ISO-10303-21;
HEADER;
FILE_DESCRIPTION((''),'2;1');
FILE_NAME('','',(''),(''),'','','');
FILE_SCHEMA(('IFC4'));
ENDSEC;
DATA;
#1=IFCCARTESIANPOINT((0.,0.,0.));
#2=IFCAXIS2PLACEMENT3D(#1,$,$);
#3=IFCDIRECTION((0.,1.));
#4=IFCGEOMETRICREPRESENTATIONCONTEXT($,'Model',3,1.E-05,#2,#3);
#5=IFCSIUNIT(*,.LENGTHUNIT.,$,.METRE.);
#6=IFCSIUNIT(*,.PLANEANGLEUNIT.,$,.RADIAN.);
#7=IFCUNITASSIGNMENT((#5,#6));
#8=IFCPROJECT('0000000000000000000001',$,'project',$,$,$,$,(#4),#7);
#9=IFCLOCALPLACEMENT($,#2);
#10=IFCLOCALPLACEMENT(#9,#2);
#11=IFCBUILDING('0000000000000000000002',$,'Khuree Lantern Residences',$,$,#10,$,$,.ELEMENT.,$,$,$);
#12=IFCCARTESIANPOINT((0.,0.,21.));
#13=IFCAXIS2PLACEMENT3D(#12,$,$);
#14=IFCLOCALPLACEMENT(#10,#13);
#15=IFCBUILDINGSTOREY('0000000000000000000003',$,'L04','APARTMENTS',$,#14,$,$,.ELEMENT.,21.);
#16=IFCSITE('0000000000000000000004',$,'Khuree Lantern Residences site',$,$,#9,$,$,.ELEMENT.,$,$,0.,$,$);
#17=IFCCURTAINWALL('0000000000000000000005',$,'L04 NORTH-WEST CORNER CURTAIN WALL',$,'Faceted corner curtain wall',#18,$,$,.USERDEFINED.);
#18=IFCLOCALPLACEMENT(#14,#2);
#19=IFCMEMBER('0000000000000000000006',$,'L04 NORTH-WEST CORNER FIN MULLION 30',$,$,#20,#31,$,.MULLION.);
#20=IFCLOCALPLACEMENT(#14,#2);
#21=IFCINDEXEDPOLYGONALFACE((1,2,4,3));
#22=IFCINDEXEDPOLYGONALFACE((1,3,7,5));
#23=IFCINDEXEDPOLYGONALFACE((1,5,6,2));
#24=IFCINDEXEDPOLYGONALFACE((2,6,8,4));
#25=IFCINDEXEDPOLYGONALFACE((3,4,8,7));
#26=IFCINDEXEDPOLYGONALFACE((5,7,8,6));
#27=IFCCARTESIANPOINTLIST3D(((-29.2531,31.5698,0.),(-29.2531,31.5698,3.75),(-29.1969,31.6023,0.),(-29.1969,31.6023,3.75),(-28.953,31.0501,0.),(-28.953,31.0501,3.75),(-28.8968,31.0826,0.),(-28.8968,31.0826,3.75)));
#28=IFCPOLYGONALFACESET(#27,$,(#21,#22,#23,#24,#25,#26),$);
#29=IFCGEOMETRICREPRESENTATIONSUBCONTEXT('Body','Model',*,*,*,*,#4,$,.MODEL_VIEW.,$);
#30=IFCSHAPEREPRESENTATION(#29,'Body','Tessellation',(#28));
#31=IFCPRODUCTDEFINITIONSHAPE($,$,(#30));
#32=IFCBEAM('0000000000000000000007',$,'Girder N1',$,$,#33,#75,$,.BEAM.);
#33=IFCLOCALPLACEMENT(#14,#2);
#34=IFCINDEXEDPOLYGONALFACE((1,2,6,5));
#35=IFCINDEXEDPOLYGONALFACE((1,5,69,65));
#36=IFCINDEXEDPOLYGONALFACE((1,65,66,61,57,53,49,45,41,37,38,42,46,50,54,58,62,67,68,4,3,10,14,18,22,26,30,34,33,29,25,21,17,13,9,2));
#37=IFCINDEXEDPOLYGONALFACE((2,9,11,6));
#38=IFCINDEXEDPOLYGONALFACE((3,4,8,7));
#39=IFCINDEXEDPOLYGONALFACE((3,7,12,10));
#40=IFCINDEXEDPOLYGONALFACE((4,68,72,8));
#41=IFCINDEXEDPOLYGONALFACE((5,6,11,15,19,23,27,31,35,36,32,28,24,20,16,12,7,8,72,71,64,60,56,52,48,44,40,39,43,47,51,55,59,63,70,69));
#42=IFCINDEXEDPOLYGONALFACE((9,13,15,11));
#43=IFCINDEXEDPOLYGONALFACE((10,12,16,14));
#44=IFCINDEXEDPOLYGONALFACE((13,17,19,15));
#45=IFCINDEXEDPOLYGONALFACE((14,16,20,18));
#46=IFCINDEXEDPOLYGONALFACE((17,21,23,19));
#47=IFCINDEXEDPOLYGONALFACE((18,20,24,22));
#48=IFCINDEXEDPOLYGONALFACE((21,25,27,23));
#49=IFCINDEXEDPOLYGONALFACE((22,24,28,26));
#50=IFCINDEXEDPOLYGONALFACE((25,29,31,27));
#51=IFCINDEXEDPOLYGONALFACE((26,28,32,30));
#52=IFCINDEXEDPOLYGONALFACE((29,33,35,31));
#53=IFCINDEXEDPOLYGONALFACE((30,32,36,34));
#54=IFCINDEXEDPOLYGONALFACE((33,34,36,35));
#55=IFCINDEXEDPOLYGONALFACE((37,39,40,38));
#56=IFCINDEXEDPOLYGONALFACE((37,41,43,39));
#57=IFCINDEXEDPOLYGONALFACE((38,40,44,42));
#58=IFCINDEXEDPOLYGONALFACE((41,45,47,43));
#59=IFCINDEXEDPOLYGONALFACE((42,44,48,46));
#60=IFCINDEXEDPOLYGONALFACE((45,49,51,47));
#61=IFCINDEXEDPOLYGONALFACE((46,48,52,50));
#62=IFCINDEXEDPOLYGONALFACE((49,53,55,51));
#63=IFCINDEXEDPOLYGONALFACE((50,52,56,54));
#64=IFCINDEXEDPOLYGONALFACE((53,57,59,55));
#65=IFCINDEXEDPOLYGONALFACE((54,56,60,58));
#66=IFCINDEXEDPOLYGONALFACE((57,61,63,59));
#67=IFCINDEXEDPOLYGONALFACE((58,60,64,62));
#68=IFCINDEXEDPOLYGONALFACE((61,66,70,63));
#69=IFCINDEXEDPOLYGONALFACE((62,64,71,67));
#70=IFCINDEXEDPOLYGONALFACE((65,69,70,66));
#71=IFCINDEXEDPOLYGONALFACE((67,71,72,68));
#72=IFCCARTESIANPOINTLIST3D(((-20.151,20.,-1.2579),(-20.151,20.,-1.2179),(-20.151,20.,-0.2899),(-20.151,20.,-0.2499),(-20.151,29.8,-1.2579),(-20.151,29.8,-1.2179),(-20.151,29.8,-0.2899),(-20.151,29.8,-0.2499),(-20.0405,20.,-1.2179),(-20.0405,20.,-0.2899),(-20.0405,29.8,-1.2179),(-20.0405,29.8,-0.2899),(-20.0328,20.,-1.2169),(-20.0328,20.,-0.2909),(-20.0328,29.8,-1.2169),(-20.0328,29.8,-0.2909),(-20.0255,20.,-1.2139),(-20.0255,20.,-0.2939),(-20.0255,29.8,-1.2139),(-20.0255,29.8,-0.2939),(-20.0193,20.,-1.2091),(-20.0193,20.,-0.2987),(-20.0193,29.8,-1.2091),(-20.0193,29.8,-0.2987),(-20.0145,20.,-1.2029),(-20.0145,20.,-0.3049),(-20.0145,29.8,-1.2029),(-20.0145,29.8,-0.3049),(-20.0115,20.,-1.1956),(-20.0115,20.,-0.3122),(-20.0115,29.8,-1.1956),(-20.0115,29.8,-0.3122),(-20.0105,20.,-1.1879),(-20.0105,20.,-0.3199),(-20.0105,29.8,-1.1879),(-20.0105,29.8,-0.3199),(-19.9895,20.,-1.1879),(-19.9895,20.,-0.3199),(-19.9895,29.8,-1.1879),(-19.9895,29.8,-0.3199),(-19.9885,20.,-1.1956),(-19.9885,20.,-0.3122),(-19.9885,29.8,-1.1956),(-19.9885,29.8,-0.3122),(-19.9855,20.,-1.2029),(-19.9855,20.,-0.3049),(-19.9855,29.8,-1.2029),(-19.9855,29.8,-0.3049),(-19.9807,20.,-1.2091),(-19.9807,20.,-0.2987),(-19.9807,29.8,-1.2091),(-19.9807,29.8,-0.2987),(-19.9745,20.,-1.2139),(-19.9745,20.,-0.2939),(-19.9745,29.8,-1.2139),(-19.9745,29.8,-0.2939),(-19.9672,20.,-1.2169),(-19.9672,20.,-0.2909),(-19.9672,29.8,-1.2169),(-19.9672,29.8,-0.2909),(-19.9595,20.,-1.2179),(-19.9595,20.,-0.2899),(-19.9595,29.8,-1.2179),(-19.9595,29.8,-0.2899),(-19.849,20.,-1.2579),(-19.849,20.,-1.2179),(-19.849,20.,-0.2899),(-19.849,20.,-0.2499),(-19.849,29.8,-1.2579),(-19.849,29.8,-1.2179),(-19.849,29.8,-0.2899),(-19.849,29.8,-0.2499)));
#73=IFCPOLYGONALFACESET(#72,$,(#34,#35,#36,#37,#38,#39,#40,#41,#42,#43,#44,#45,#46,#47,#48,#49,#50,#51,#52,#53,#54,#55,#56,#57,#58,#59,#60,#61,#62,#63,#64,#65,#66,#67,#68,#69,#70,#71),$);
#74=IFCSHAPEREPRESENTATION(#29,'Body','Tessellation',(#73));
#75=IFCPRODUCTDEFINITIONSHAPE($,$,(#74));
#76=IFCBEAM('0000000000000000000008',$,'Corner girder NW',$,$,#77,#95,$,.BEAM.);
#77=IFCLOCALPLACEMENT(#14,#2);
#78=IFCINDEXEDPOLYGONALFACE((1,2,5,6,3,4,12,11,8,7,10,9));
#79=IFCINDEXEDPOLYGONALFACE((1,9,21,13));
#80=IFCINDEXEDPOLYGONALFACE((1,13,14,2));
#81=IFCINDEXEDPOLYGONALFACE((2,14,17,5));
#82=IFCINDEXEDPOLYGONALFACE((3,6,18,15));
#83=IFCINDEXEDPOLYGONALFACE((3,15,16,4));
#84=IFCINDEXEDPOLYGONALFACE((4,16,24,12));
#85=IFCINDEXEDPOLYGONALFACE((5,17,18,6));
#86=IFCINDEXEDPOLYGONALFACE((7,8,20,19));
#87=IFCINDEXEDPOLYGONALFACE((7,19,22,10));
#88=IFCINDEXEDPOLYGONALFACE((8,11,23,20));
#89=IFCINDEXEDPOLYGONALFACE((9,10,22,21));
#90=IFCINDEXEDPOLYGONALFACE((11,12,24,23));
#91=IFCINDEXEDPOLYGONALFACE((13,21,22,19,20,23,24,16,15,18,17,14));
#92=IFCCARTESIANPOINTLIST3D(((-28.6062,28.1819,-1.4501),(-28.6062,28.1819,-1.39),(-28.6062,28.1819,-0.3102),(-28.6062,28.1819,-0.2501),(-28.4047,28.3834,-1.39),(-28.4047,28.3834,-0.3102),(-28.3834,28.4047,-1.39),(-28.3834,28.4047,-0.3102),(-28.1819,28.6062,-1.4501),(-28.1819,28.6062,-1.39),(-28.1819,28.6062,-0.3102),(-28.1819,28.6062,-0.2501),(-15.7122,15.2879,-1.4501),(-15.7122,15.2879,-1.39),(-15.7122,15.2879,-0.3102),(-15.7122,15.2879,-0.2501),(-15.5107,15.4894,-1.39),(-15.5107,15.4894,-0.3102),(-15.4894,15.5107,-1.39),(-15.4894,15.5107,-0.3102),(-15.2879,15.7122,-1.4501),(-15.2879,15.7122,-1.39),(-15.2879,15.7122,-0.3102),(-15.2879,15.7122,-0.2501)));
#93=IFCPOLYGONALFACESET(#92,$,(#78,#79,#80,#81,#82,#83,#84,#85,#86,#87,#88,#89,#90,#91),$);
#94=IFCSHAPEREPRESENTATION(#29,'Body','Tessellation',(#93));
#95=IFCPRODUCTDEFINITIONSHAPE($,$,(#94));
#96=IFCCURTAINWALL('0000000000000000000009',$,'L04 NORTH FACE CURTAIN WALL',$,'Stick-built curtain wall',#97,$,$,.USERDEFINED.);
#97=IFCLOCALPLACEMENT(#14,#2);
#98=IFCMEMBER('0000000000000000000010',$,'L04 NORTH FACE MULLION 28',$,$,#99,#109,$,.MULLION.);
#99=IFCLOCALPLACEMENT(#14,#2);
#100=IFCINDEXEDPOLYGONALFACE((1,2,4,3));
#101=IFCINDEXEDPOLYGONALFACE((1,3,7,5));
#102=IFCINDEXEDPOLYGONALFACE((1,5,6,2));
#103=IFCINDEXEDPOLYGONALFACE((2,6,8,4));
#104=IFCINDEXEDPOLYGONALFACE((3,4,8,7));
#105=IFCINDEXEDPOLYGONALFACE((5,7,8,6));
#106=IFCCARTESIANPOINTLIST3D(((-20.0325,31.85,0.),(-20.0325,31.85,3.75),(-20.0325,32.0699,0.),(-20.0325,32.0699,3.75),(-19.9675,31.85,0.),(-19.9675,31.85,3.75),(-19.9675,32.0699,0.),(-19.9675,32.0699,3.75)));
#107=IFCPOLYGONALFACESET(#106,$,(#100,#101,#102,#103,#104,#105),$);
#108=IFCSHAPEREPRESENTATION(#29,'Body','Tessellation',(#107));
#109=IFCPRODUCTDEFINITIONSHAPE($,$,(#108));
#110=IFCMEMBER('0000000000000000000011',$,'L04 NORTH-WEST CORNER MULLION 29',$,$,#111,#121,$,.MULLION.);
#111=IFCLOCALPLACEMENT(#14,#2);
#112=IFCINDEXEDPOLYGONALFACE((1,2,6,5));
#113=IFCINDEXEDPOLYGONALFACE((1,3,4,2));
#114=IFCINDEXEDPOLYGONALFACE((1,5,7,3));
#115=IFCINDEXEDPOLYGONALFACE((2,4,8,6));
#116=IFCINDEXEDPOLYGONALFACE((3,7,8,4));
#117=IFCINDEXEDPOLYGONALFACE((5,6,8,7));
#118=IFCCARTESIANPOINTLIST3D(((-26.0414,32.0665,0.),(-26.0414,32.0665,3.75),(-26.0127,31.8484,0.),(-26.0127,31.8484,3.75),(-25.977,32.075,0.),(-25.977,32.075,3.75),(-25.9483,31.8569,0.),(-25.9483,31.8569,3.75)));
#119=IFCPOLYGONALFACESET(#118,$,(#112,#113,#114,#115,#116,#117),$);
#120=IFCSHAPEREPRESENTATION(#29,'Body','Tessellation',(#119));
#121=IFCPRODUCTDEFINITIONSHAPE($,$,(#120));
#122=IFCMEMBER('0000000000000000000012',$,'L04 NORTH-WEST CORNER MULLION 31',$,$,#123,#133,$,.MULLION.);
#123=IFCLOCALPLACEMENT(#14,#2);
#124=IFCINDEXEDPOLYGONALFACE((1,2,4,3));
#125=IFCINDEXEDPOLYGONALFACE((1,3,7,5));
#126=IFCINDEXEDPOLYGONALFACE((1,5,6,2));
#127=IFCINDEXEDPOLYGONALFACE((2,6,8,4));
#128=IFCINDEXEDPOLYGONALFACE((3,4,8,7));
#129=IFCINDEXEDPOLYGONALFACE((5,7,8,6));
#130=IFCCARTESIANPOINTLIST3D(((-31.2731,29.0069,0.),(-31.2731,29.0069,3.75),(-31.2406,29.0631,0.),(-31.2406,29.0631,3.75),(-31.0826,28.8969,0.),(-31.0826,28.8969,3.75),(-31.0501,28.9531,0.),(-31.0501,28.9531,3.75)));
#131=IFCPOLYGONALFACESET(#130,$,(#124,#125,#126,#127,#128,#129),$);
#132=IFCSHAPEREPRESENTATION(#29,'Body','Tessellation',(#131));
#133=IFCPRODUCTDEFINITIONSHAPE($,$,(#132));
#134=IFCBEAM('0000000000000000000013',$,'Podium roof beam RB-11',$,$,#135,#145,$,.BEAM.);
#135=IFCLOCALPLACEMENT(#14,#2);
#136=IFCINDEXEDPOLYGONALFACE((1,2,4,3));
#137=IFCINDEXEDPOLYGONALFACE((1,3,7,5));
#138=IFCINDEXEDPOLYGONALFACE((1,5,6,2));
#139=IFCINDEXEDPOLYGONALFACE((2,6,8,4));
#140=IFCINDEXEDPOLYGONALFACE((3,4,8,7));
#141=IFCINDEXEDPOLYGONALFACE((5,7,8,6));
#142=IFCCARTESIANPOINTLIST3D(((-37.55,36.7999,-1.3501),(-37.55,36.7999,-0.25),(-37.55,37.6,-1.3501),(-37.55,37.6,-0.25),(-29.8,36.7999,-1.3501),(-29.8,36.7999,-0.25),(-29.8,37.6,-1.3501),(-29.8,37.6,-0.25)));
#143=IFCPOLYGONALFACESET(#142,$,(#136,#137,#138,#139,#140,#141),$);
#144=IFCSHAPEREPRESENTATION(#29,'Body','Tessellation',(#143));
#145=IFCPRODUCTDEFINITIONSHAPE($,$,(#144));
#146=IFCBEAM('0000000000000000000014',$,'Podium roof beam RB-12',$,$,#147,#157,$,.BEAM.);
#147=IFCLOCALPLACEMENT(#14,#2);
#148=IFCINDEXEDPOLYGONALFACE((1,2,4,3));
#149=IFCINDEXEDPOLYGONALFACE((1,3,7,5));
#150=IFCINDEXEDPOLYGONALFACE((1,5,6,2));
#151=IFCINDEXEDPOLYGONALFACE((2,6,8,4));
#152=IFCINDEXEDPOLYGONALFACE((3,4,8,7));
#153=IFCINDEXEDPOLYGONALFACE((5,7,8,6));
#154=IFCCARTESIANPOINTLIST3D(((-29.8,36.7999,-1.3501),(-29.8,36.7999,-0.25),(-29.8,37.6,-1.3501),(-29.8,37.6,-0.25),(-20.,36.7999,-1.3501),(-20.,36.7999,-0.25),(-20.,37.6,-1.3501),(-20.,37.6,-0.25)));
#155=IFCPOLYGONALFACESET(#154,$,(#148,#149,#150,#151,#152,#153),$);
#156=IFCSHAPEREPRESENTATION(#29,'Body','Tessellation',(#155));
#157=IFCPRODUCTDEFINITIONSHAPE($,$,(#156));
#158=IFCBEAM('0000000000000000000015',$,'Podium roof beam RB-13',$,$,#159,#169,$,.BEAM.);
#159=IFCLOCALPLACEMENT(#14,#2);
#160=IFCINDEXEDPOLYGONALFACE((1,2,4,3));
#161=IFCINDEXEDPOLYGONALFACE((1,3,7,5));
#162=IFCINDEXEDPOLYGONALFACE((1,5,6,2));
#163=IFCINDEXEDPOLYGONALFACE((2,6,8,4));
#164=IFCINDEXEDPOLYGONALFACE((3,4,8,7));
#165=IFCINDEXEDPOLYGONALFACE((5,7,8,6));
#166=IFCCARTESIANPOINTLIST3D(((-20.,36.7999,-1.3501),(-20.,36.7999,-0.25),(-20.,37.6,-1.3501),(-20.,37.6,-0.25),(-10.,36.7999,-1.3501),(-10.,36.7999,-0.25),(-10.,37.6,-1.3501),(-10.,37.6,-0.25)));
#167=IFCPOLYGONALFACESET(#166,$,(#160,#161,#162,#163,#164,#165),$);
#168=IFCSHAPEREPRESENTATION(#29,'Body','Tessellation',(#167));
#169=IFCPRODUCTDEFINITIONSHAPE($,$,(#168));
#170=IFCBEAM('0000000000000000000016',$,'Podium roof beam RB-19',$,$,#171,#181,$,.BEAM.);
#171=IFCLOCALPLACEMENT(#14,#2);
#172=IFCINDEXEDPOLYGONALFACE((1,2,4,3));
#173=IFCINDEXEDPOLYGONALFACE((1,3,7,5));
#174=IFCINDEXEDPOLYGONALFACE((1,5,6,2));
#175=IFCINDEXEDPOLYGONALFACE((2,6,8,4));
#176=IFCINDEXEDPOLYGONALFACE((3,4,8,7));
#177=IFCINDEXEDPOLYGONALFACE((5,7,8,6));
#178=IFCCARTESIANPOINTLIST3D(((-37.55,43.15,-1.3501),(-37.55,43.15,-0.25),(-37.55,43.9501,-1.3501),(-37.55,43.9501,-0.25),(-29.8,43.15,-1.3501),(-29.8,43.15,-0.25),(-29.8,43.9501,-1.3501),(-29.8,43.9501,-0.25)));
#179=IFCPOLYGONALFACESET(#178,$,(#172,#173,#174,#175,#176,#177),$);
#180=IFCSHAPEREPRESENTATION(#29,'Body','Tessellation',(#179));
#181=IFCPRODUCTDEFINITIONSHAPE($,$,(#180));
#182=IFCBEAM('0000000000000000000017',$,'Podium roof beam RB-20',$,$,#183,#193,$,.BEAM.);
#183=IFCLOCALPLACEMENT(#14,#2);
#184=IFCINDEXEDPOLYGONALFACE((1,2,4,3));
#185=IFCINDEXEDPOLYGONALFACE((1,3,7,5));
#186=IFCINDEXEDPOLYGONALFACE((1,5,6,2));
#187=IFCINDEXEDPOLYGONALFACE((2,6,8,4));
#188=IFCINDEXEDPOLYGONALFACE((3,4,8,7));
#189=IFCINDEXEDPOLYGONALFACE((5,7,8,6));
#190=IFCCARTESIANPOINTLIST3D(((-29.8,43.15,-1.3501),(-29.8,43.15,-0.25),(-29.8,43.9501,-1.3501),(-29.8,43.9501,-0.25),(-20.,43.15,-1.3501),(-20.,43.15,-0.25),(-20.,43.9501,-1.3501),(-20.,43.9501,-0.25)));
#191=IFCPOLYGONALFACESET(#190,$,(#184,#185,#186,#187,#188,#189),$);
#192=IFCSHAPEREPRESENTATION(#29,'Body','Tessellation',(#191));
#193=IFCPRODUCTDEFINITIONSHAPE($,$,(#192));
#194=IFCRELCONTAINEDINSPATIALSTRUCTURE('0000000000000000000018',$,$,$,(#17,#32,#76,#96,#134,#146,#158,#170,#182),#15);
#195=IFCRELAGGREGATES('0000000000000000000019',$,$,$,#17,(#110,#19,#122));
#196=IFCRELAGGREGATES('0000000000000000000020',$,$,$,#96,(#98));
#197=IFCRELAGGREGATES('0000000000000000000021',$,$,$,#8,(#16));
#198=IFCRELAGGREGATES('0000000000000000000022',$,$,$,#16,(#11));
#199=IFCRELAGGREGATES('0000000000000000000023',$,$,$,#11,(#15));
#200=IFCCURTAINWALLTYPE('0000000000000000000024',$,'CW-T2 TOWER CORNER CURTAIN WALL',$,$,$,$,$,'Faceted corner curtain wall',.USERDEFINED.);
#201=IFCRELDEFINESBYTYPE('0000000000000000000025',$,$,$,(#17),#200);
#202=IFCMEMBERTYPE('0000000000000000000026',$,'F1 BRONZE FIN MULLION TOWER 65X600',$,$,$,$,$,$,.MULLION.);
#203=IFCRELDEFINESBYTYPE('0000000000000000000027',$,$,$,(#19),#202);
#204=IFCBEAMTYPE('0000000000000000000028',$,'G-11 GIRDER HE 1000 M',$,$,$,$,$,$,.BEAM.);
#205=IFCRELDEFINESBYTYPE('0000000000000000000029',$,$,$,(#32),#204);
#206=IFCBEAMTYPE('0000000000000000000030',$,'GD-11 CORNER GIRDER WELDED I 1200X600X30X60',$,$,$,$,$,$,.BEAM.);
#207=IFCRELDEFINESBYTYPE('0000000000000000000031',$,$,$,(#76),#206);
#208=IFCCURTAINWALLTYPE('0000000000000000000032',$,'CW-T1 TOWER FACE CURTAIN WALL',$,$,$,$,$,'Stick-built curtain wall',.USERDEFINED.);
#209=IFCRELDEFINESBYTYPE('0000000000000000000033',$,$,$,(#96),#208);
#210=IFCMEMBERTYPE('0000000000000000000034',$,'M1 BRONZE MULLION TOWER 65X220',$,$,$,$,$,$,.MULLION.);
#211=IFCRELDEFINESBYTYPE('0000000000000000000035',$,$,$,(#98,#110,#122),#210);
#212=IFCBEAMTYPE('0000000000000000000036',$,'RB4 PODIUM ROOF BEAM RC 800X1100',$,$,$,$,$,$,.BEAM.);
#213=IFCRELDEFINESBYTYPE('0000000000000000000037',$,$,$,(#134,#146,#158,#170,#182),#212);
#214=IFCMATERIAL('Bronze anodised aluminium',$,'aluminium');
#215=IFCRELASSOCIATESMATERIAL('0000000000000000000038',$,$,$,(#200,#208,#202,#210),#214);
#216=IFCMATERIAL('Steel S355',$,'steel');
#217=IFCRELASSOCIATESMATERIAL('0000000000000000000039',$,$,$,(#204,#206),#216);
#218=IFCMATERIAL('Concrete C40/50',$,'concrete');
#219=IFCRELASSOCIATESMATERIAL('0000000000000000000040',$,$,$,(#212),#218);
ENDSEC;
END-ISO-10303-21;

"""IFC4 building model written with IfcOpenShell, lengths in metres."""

from ifc_helpers import new_model, si_unit, direction, frame, origin, origin_2d, place, context, subcontext, project, spatial, rectangle, i_section, extrude, material, material_profile, profile_set, type_object, element, aggregate, save


model = new_model("IFC4")

# Units and contexts
model_context = context("Model", 3, precision=1e-05, world=origin(), true_north=direction((0.0, 1.0)))
body_context = subcontext(model_context, "Body", "Model", "MODEL_VIEW")
ifc_project = project(units=[si_unit("LENGTHUNIT", "METRE"), si_unit("PLANEANGLEUNIT", "RADIAN")], contexts=[model_context])

# Site, building, storey
site_placement = place(None, origin())
site = spatial("IfcSite", under=ifc_project, at=site_placement, Name="Khuree Lantern Residences site", CompositionType="ELEMENT", RefElevation=0.0)
building_placement = place(site_placement, origin())
building = spatial("IfcBuilding", under=site, at=building_placement, Name="Khuree Lantern Residences", CompositionType="ELEMENT")
storey_placement = place(building_placement, frame((0.0, 0.0, 21.0)))
storey = spatial("IfcBuildingStorey", under=building, at=storey_placement, Name="L04", Description="APARTMENTS", CompositionType="ELEMENT", Elevation=21.0)

# Shared definitions
ifc_material_1 = material(Name="Steel S355", Category="steel")

# Curtain wall, member
ifc_material_2 = material(Name="Bronze anodised aluminium", Category="aluminium")
curtain_wall_type_1 = type_object("IfcCurtainWallType", Name="CW-T2 TOWER CORNER CURTAIN WALL", ElementType="Faceted corner curtain wall", PredefinedType="USERDEFINED", material=ifc_material_2)
curtain_wall_1_placement = place(storey_placement, origin())
curtain_wall_1 = element("IfcCurtainWall", 1, at=curtain_wall_1_placement, inside=storey, type_object=curtain_wall_type_1, Name="L04 NORTH-WEST CORNER CURTAIN WALL", ObjectType="Faceted corner curtain wall", PredefinedType="USERDEFINED")
ifc_material_profile_1 = material_profile(ifc_material_2, rectangle(XDim=0.0649, YDim=0.6001, at=origin_2d()), Name="F1 65X600")
ifc_profile_set_1 = profile_set([ifc_material_profile_1], Name="Bronze anodised aluminium")
member_type_1 = type_object("IfcMemberType", Name="F1 BRONZE FIN MULLION TOWER 65X600", PredefinedType="MULLION", material=ifc_profile_set_1)
member_1_placement = place(storey_placement, frame((-29.075, 31.3262, 0.0), z_axis=(0.0, 0.0, 1.0), x_axis=(-0.866025, -0.5, 0.0)))
member_1 = element("IfcMember", 2, at=member_1_placement, type_object=member_type_1, Name="L04 NORTH-WEST CORNER FIN MULLION 30", PredefinedType="MULLION", context=body_context, shape_type="SweptSolid", body=[
    extrude(rectangle(XDim=0.0649, YDim=0.6001, at=origin_2d()), origin(), (0.0, 0.0, 1.0), 3.75),
])

# Beams
ifc_material_profile_2 = material_profile(ifc_material_1, i_section(OverallWidth=0.302, OverallDepth=1.0081, WebThickness=0.021, FlangeThickness=0.04, FilletRadius=0.03, at=origin_2d()), Name="HE 1000 M")
ifc_profile_set_2 = profile_set([ifc_material_profile_2], Name="Steel S355")
beam_type_1 = type_object("IfcBeamType", Name="G-11 GIRDER HE 1000 M", PredefinedType="BEAM", material=ifc_profile_set_2)
beam_1_placement = place(storey_placement, frame((-20.0, 29.8, -0.7539), z_axis=(0.0, -1.0, 0.0), x_axis=(1.0, 0.0, 0.0)))
element("IfcBeam", 3, at=beam_1_placement, inside=storey, type_object=beam_type_1, Name="Girder N1", PredefinedType="BEAM", context=body_context, shape_type="SweptSolid", body=[
    extrude(i_section(OverallWidth=0.302, OverallDepth=1.0081, WebThickness=0.021, FlangeThickness=0.04, FilletRadius=0.03, at=origin_2d()), origin(), (0.0, 0.0, 1.0), 9.8),
])
ifc_material_profile_3 = material_profile(ifc_material_1, i_section(OverallWidth=0.6001, OverallDepth=1.2, WebThickness=0.03, FlangeThickness=0.0601, at=origin_2d()), Name="WELDED I 1200X600X30X60")
ifc_profile_set_3 = profile_set([ifc_material_profile_3], Name="Steel S355")
beam_type_2 = type_object("IfcBeamType", Name="GD-11 CORNER GIRDER WELDED I 1200X600X30X60", PredefinedType="BEAM", material=ifc_profile_set_3)
beam_2_placement = place(storey_placement, frame((-28.394, 28.394, -0.8501), z_axis=(0.707107, -0.707107, 0.0), x_axis=(0.707107, 0.707107, 0.0)))
element("IfcBeam", 4, at=beam_2_placement, inside=storey, type_object=beam_type_2, Name="Corner girder NW", PredefinedType="BEAM", context=body_context, shape_type="SweptSolid", body=[
    extrude(i_section(OverallWidth=0.6001, OverallDepth=1.2, WebThickness=0.03, FlangeThickness=0.0601, at=origin_2d()), origin(), (0.0, 0.0, 1.0), 18.2349),
])

# Curtain wall, member
curtain_wall_type_2 = type_object("IfcCurtainWallType", Name="CW-T1 TOWER FACE CURTAIN WALL", ElementType="Stick-built curtain wall", PredefinedType="USERDEFINED", material=ifc_material_2)
curtain_wall_2_placement = place(storey_placement, origin())
curtain_wall_2 = element("IfcCurtainWall", 5, at=curtain_wall_2_placement, inside=storey, type_object=curtain_wall_type_2, Name="L04 NORTH FACE CURTAIN WALL", ObjectType="Stick-built curtain wall", PredefinedType="USERDEFINED")
ifc_material_profile_4 = material_profile(ifc_material_2, rectangle(XDim=0.0649, YDim=0.22, at=origin_2d()), Name="M1 65X220")
ifc_profile_set_4 = profile_set([ifc_material_profile_4], Name="Bronze anodised aluminium")
member_type_2 = type_object("IfcMemberType", Name="M1 BRONZE MULLION TOWER 65X220", PredefinedType="MULLION", material=ifc_profile_set_4)
member_2_placement = place(storey_placement, frame((-20.0, 31.96, 0.0), z_axis=(0.0, 0.0, 1.0), x_axis=(-1.0, 0.0, 0.0)))
member_2 = element("IfcMember", 6, at=member_2_placement, type_object=member_type_2, Name="L04 NORTH FACE MULLION 28", PredefinedType="MULLION", context=body_context, shape_type="SweptSolid", body=[
    extrude(rectangle(XDim=0.0649, YDim=0.22, at=origin_2d()), origin(), (0.0, 0.0, 1.0), 3.75),
])

# Members
member_3_placement = place(storey_placement, frame((-25.9949, 31.9617, 0.0), z_axis=(0.0, 0.0, 1.0), x_axis=(-0.991445, -0.130526, 0.0)))
member_3 = element("IfcMember", 7, at=member_3_placement, type_object=member_type_2, Name="L04 NORTH-WEST CORNER MULLION 29", PredefinedType="MULLION", context=body_context, shape_type="SweptSolid", body=[
    extrude(rectangle(XDim=0.0649, YDim=0.22, at=origin_2d()), origin(), (0.0, 0.0, 1.0), 3.75),
])
member_4_placement = place(storey_placement, frame((-31.1616, 28.98, 0.0), z_axis=(0.0, 0.0, 1.0), x_axis=(-0.5, -0.866025, 0.0)))
member_4 = element("IfcMember", 8, at=member_4_placement, type_object=member_type_2, Name="L04 NORTH-WEST CORNER MULLION 31", PredefinedType="MULLION", context=body_context, shape_type="SweptSolid", body=[
    extrude(rectangle(XDim=0.0649, YDim=0.22, at=origin_2d()), origin(), (0.0, 0.0, 1.0), 3.75),
])

# Beams
ifc_material_3 = material(Name="Concrete C40/50", Category="concrete")
ifc_material_profile_5 = material_profile(ifc_material_3, rectangle(XDim=0.8, YDim=1.1001, at=origin_2d()), Name="RC 800X1100")
ifc_profile_set_5 = profile_set([ifc_material_profile_5], Name="Concrete C40/50")
beam_type_3 = type_object("IfcBeamType", Name="RB4 PODIUM ROOF BEAM RC 800X1100", PredefinedType="BEAM", material=ifc_profile_set_5)
beam_3_placement = place(storey_placement, frame((-37.55, 37.2, -0.8), z_axis=(1.0, 0.0, 0.0), x_axis=(0.0, 1.0, 0.0)))
element("IfcBeam", 9, at=beam_3_placement, inside=storey, type_object=beam_type_3, Name="Podium roof beam RB-11", PredefinedType="BEAM", context=body_context, shape_type="SweptSolid", body=[
    extrude(rectangle(XDim=0.8, YDim=1.1001, at=origin_2d()), origin(), (0.0, 0.0, 1.0), 7.75),
])
beam_4_placement = place(storey_placement, frame((-29.8, 37.2, -0.8), z_axis=(1.0, 0.0, 0.0), x_axis=(0.0, 1.0, 0.0)))
element("IfcBeam", 10, at=beam_4_placement, inside=storey, type_object=beam_type_3, Name="Podium roof beam RB-12", PredefinedType="BEAM", context=body_context, shape_type="SweptSolid", body=[
    extrude(rectangle(XDim=0.8, YDim=1.1001, at=origin_2d()), origin(), (0.0, 0.0, 1.0), 9.8),
])
beam_5_placement = place(storey_placement, frame((-20.0, 37.2, -0.8), z_axis=(1.0, 0.0, 0.0), x_axis=(0.0, 1.0, 0.0)))
element("IfcBeam", 11, at=beam_5_placement, inside=storey, type_object=beam_type_3, Name="Podium roof beam RB-13", PredefinedType="BEAM", context=body_context, shape_type="SweptSolid", body=[
    extrude(rectangle(XDim=0.8, YDim=1.1001, at=origin_2d()), origin(), (0.0, 0.0, 1.0), 10.0),
])
beam_6_placement = place(storey_placement, frame((-37.55, 43.55, -0.8), z_axis=(1.0, 0.0, 0.0), x_axis=(0.0, 1.0, 0.0)))
element("IfcBeam", 12, at=beam_6_placement, inside=storey, type_object=beam_type_3, Name="Podium roof beam RB-19", PredefinedType="BEAM", context=body_context, shape_type="SweptSolid", body=[
    extrude(rectangle(XDim=0.8, YDim=1.1001, at=origin_2d()), origin(), (0.0, 0.0, 1.0), 7.75),
])
beam_7_placement = place(storey_placement, frame((-29.8, 43.55, -0.8), z_axis=(1.0, 0.0, 0.0), x_axis=(0.0, 1.0, 0.0)))
element("IfcBeam", 13, at=beam_7_placement, inside=storey, type_object=beam_type_3, Name="Podium roof beam RB-20", PredefinedType="BEAM", context=body_context, shape_type="SweptSolid", body=[
    extrude(rectangle(XDim=0.8, YDim=1.1001, at=origin_2d()), origin(), (0.0, 0.0, 1.0), 9.8),
])

aggregate(curtain_wall_1, [member_3, member_1, member_4])
aggregate(curtain_wall_2, [member_2])

save(model, "model.ifc")
